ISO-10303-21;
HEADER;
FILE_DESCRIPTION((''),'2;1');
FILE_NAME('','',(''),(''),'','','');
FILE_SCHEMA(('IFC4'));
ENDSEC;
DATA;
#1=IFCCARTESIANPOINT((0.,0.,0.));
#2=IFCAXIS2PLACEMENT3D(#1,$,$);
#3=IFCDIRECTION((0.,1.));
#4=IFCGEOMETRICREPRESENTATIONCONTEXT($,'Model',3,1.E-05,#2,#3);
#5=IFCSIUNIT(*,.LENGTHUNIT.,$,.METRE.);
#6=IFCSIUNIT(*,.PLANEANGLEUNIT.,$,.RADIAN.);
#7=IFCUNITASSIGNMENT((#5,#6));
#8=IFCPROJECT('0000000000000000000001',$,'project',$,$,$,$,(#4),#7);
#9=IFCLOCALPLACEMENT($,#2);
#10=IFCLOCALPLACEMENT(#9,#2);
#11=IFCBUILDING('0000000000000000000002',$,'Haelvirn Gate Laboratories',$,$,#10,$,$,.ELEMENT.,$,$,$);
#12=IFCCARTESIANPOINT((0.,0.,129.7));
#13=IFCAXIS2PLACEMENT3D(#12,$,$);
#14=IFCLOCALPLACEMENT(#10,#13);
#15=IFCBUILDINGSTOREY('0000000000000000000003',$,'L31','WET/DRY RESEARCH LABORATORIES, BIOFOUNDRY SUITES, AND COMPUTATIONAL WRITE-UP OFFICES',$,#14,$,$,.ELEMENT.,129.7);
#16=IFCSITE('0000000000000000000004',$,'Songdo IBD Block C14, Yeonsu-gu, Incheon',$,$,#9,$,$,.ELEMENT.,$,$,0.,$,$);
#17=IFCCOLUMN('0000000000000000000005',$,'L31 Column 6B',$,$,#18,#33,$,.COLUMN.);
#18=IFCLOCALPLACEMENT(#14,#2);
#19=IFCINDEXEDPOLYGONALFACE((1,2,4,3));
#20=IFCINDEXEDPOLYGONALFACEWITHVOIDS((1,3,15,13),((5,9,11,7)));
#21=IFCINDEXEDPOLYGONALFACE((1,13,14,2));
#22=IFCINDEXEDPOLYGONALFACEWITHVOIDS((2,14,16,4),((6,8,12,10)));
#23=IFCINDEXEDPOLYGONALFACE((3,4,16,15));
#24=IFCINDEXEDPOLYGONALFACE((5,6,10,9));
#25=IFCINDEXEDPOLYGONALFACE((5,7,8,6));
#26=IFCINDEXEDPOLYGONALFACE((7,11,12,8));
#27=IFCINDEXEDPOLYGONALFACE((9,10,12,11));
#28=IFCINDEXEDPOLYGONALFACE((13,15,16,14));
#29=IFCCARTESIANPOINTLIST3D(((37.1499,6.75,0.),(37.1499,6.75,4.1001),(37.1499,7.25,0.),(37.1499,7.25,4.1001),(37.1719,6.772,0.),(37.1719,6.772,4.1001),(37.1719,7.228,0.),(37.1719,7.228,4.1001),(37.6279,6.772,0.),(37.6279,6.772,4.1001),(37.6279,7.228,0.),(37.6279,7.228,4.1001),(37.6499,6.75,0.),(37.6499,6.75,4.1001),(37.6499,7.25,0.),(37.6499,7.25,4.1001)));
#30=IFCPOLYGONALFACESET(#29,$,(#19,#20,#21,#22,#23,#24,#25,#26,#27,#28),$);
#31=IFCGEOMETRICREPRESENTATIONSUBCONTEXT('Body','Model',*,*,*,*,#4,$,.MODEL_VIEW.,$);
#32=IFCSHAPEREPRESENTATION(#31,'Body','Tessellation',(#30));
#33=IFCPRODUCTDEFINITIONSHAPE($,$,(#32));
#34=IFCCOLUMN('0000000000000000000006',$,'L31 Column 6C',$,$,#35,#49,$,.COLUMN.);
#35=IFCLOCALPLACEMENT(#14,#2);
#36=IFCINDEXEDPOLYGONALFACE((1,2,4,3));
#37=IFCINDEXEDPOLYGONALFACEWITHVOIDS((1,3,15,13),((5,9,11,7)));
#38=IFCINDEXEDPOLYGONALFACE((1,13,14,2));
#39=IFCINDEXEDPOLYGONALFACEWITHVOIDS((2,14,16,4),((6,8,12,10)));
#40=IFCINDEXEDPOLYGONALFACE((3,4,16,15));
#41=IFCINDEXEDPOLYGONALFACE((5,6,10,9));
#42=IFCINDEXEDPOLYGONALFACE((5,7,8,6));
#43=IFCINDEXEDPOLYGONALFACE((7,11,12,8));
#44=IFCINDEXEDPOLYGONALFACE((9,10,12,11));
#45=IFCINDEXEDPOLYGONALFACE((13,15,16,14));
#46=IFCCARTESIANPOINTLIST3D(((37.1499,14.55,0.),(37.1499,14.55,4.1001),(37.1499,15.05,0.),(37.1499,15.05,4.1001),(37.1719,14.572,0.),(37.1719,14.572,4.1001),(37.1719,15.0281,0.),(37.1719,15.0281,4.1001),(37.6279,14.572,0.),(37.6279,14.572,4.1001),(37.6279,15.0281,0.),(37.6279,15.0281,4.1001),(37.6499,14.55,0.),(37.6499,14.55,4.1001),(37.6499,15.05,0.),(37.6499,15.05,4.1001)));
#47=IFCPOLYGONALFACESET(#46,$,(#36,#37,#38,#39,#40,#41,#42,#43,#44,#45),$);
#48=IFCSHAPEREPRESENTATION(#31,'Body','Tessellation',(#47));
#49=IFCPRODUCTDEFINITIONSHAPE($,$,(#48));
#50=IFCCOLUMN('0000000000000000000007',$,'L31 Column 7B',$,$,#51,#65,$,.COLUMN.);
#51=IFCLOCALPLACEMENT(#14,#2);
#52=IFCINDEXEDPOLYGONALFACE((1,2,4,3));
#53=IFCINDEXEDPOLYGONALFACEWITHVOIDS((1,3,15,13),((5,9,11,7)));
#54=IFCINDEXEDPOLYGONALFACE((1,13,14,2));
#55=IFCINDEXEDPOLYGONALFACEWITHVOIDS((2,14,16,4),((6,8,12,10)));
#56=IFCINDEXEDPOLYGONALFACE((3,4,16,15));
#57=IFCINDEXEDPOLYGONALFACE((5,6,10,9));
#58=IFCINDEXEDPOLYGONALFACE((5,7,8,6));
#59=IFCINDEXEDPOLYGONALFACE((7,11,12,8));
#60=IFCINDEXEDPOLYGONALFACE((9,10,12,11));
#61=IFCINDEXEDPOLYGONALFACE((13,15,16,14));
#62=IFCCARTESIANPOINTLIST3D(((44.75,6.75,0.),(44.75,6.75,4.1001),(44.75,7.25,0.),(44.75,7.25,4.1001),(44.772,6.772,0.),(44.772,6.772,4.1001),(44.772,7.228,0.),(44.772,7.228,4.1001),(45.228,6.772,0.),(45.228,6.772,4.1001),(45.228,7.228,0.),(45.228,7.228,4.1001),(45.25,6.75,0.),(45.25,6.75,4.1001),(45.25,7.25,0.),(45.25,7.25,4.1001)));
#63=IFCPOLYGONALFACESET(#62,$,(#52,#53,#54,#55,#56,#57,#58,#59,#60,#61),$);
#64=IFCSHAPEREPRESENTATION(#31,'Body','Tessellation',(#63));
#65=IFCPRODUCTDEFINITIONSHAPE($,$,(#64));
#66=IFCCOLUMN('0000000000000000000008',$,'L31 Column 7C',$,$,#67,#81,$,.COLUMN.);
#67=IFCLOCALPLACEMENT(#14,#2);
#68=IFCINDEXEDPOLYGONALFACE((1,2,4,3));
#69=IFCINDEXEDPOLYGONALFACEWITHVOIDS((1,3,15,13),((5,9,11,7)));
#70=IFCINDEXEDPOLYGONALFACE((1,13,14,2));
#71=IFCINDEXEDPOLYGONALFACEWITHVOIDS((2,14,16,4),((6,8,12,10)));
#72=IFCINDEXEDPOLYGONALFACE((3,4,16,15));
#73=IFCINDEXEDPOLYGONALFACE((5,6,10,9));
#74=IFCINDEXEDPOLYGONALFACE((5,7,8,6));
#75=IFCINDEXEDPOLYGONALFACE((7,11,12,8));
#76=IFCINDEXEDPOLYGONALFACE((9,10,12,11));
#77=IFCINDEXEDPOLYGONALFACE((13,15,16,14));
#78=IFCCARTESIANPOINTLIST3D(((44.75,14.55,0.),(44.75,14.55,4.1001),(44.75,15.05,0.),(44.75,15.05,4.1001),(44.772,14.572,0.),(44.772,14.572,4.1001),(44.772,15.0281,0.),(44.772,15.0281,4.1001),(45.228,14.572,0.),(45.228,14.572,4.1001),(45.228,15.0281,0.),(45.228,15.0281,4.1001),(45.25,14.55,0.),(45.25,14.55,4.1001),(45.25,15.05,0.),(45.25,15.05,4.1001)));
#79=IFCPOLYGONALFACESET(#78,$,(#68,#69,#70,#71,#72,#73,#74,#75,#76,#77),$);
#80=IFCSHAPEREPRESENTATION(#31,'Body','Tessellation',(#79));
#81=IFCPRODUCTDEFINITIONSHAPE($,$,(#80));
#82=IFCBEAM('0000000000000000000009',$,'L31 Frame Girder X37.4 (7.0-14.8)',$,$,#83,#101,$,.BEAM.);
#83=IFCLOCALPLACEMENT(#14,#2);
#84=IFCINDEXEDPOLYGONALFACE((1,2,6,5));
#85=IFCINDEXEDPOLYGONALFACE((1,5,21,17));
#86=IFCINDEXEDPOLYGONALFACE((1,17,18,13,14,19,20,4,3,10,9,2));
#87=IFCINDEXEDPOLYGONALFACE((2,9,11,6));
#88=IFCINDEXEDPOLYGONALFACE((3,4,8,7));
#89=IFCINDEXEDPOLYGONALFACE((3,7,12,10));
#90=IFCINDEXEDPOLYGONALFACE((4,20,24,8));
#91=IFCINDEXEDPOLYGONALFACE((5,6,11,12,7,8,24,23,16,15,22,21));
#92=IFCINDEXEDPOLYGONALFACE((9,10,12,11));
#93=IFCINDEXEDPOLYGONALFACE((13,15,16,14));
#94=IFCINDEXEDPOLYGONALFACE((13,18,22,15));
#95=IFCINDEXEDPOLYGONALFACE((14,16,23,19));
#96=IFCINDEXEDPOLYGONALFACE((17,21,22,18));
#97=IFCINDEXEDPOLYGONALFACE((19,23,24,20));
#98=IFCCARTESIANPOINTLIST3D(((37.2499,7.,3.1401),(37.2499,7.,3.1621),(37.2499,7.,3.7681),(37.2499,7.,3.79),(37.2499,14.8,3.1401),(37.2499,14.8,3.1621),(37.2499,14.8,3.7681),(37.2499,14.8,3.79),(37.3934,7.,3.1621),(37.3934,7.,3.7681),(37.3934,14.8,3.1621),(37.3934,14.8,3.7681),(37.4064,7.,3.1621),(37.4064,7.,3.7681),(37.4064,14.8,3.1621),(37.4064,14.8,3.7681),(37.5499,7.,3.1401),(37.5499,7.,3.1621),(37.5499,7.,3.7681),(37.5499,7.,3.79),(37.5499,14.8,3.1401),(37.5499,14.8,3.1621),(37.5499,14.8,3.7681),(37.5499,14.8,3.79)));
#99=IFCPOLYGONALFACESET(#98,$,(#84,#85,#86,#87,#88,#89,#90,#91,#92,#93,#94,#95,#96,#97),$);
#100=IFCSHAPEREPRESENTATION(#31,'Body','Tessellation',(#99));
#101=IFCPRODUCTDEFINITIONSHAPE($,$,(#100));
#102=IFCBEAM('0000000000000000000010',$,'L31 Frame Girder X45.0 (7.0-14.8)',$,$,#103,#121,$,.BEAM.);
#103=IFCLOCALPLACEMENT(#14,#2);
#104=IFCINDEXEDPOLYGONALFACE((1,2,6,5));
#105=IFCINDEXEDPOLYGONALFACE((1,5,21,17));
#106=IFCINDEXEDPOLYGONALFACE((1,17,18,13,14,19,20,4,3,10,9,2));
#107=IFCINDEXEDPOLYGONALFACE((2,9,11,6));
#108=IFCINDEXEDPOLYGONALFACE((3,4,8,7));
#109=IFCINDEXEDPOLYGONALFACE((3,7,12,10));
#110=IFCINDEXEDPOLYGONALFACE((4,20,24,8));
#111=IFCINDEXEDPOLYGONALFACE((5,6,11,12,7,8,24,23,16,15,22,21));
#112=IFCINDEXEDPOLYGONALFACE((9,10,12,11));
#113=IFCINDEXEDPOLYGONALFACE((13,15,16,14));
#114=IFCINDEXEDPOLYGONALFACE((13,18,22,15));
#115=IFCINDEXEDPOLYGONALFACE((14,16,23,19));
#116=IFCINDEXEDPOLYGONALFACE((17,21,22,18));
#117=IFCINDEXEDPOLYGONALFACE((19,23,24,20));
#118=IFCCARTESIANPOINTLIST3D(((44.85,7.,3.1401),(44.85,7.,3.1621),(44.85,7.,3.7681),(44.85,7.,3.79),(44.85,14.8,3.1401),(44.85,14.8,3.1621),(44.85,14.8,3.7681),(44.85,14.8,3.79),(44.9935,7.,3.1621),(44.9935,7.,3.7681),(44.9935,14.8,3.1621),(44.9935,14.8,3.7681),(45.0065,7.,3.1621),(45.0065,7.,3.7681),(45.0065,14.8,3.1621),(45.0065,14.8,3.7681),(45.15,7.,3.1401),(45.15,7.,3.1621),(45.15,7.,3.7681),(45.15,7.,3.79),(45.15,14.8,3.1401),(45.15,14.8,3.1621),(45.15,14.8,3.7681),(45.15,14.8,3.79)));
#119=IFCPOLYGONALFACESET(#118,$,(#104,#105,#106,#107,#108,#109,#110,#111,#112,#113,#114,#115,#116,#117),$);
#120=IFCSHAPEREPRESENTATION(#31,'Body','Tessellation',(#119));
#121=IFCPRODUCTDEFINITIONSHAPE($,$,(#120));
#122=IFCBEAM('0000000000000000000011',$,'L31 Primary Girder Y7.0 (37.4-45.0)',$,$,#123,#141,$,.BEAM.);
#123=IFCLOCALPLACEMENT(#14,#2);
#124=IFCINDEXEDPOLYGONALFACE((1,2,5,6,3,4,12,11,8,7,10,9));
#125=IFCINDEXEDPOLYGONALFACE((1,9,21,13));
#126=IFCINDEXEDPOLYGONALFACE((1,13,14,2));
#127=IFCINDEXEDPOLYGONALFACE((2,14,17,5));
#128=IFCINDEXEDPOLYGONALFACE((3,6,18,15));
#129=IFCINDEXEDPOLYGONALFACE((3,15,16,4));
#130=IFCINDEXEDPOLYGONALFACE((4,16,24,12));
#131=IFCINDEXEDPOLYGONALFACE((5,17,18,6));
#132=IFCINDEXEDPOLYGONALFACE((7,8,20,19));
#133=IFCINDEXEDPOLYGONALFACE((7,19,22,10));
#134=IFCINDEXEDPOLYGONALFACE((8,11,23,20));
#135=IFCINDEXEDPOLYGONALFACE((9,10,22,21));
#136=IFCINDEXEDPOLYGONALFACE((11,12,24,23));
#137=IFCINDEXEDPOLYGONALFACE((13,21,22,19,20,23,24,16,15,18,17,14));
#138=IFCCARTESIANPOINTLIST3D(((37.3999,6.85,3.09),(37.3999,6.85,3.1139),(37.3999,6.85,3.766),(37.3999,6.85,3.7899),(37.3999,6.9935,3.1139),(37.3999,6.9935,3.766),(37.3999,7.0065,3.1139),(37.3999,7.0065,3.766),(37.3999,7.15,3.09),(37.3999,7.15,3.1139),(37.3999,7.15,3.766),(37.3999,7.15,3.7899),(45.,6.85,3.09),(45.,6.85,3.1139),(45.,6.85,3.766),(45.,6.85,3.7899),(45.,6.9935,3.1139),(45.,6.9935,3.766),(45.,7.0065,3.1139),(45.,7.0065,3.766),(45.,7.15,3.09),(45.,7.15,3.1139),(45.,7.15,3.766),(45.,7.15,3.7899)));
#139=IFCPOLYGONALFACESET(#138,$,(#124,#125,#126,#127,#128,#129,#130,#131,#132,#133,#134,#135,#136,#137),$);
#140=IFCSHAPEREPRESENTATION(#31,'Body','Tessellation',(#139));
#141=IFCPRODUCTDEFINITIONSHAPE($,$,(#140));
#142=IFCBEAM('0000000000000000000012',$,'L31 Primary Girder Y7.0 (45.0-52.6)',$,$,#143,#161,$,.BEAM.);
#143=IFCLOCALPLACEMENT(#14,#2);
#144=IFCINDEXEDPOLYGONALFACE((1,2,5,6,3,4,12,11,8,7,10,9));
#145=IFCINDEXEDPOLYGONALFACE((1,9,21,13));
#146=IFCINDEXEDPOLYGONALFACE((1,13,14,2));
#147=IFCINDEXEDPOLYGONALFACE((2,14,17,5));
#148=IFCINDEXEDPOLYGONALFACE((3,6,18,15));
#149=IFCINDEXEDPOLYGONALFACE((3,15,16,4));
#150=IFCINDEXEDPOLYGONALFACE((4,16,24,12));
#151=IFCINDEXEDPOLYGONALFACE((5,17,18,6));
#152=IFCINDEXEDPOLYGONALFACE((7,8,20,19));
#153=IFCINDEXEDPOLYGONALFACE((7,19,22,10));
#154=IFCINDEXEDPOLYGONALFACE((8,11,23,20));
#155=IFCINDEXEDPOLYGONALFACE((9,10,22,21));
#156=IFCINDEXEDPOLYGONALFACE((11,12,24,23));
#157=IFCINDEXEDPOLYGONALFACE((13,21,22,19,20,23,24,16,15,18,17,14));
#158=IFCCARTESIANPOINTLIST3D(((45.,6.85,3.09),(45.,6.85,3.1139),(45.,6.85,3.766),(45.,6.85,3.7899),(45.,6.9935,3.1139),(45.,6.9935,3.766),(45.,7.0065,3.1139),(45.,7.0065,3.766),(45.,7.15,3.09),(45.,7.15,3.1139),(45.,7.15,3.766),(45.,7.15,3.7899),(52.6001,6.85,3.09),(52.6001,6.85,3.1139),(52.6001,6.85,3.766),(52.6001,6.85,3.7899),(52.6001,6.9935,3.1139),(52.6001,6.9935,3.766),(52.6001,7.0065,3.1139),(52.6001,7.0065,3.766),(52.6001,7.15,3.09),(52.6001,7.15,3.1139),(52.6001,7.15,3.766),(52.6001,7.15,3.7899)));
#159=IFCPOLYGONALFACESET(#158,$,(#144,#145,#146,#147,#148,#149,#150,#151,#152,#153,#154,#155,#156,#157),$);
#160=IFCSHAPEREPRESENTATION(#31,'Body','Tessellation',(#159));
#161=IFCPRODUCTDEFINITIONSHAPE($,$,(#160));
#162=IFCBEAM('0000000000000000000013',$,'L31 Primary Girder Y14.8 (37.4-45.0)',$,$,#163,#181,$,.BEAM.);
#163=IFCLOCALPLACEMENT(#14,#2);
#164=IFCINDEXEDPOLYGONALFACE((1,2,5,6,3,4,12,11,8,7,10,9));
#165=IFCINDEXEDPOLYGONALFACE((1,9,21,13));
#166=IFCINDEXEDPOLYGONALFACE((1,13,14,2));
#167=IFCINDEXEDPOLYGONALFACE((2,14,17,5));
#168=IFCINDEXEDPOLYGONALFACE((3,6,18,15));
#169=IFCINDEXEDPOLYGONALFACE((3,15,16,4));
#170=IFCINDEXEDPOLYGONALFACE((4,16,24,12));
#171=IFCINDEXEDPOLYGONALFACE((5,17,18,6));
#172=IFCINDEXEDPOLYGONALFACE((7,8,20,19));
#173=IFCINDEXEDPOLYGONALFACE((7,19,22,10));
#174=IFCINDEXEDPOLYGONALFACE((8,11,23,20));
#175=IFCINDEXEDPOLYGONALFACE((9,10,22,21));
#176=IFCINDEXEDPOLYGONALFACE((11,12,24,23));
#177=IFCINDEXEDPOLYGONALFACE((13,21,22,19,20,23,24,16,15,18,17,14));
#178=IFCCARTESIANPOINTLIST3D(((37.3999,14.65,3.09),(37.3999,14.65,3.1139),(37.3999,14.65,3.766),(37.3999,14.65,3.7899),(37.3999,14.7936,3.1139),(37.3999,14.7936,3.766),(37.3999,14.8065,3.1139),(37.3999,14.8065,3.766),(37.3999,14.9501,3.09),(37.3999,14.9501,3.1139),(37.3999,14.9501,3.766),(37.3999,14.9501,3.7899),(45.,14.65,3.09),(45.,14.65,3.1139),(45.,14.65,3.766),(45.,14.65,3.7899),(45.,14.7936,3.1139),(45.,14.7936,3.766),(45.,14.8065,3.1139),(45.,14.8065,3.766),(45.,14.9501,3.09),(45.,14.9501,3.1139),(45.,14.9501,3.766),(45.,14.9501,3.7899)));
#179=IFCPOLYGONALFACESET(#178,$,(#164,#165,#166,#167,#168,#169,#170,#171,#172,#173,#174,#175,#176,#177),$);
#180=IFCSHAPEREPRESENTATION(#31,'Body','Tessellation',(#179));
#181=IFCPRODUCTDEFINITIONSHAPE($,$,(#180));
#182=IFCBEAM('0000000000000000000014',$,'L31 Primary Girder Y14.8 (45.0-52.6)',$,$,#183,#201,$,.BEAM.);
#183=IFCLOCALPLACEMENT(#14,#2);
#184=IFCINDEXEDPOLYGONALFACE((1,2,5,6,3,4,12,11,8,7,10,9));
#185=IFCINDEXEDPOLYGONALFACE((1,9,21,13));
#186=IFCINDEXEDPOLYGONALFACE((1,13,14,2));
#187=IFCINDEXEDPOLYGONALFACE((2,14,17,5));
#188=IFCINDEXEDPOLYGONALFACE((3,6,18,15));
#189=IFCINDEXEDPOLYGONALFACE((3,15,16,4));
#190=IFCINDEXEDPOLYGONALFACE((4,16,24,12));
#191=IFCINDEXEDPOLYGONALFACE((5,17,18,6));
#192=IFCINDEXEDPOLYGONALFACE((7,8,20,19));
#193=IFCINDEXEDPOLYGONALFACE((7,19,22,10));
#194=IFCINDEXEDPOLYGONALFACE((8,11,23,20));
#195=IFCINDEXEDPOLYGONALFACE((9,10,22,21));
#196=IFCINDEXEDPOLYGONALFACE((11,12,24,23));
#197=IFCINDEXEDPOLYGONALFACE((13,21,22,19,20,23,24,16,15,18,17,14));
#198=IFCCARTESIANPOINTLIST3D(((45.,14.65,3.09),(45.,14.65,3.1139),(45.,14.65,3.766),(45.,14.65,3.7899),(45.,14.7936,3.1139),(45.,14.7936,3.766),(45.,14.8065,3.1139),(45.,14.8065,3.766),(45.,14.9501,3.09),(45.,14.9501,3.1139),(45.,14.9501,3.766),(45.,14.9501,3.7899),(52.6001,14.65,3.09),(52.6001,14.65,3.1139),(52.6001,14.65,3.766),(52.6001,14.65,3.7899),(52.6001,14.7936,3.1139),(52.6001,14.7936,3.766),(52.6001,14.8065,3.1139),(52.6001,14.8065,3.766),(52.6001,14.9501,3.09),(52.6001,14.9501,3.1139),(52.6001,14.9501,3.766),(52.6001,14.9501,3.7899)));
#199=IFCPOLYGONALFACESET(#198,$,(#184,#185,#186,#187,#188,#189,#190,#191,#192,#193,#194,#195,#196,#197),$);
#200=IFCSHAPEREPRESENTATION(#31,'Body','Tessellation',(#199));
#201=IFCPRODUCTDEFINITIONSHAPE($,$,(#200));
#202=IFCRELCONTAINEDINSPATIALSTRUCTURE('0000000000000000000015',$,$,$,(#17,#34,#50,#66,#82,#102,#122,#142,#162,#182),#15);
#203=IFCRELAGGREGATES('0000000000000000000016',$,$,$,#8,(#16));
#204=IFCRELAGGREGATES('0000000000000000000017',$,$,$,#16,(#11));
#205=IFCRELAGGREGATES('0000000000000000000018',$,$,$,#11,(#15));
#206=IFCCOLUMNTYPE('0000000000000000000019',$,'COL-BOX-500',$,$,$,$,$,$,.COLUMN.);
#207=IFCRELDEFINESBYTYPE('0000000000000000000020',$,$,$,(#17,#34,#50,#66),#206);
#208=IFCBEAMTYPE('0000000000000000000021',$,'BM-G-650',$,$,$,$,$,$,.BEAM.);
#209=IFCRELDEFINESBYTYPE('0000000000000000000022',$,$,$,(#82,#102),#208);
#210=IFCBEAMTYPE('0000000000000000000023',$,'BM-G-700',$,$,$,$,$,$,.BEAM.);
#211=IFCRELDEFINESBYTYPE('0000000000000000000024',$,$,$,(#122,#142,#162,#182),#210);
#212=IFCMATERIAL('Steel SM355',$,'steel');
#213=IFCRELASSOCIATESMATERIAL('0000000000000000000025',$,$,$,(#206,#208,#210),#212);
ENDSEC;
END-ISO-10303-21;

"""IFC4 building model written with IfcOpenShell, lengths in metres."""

from ifc_helpers import new_model, si_unit, direction, frame, origin, origin_2d, place, context, subcontext, project, spatial, hollow_rectangle, i_section, extrude, source, transform, mapped, material, material_profile, profile_set, type_object, type_shapes, element, save


model = new_model("IFC4")

# Units and contexts
model_context = context("Model", 3, precision=1e-05, world=origin(), true_north=direction((0.0, 1.0)))
body_context = subcontext(model_context, "Body", "Model", "MODEL_VIEW")
ifc_project = project(units=[si_unit("LENGTHUNIT", "METRE"), si_unit("PLANEANGLEUNIT", "RADIAN")], contexts=[model_context])

# Site, building, storey
site_placement = place(None, origin())
site = spatial("IfcSite", under=ifc_project, at=site_placement, Name="Songdo IBD Block C14, Yeonsu-gu, Incheon", CompositionType="ELEMENT", RefElevation=0.0)
building_placement = place(site_placement, origin())
building = spatial("IfcBuilding", under=site, at=building_placement, Name="Haelvirn Gate Laboratories", CompositionType="ELEMENT")
storey_placement = place(building_placement, frame((0.0, 0.0, 129.7)))
storey = spatial("IfcBuildingStorey", under=building, at=storey_placement, Name="L31", Description="WET/DRY RESEARCH LABORATORIES, BIOFOUNDRY SUITES, AND COMPUTATIONAL WRITE-UP OFFICES", CompositionType="ELEMENT", Elevation=129.7)

# Columns
ifc_material_1 = material(Name="Steel SM355", Category="steel")
ifc_material_profile_1 = material_profile(ifc_material_1, hollow_rectangle(XDim=0.5, YDim=0.5, WallThickness=0.022, at=origin_2d()), Name="BOX-500x500x22")
ifc_profile_set_1 = profile_set([ifc_material_profile_1], Name="Steel SM355")
column_type = type_object("IfcColumnType", Name="COL-BOX-500", PredefinedType="COLUMN", material=ifc_profile_set_1)
shared_shape_1 = source(origin(), body_context, "Body", "SweptSolid", [
    extrude(hollow_rectangle(XDim=0.5, YDim=0.5, WallThickness=0.022, at=origin_2d()), origin(), (0.0, 0.0, 1.0), 4.1001),
])
type_shapes(column_type, [shared_shape_1])
for number, where, z_axis, x_axis, name in (
    (1, (37.3999, 7.0, 0.0), (0.0, 0.0, 1.0), (1.0, 0.0, 0.0), "L31 Column 6B"),
    (2, (37.3999, 14.8, 0.0), (0.0, 0.0, 1.0), (1.0, 0.0, 0.0), "L31 Column 6C"),
    (3, (45.0, 7.0, 0.0), (0.0, 0.0, 1.0), (1.0, 0.0, 0.0), "L31 Column 7B"),
    (4, (45.0, 14.8, 0.0), (0.0, 0.0, 1.0), (1.0, 0.0, 0.0), "L31 Column 7C"),
):
    element("IfcColumn", number, at=place(storey_placement, frame(where, z_axis=z_axis, x_axis=x_axis)), inside=storey, type_object=column_type, Name=name, PredefinedType="COLUMN", context=body_context, shape_type="MappedRepresentation", body=[
        mapped(shared_shape_1, transform((0.0, 0.0, 0.0), scale=1.0)),
    ])

# Beams
ifc_material_profile_2 = material_profile(ifc_material_1, i_section(OverallWidth=0.3, OverallDepth=0.6499, WebThickness=0.0129, FlangeThickness=0.022, at=origin_2d()), Name="H-650x300x13x22")
ifc_profile_set_2 = profile_set([ifc_material_profile_2], Name="Steel SM355")
beam_type_1 = type_object("IfcBeamType", Name="BM-G-650", PredefinedType="BEAM", material=ifc_profile_set_2)
shared_shape_2 = source(origin(), body_context, "Body", "SweptSolid", [
    extrude(i_section(OverallWidth=0.3, OverallDepth=0.6499, WebThickness=0.0129, FlangeThickness=0.022, at=origin_2d()), origin(), (0.0, 0.0, 1.0), 7.8),
])
type_shapes(beam_type_1, [shared_shape_2])
for number, where, z_axis, x_axis, name in (
    (5, (37.3999, 7.0, 3.4651), (0.0, 1.0, 0.0), (-1.0, 0.0, 0.0), "L31 Frame Girder X37.4 (7.0-14.8)"),
    (6, (45.0, 7.0, 3.4651), (0.0, 1.0, 0.0), (-1.0, 0.0, 0.0), "L31 Frame Girder X45.0 (7.0-14.8)"),
):
    element("IfcBeam", number, at=place(storey_placement, frame(where, z_axis=z_axis, x_axis=x_axis)), inside=storey, type_object=beam_type_1, Name=name, PredefinedType="BEAM", context=body_context, shape_type="MappedRepresentation", body=[
        mapped(shared_shape_2, transform((0.0, 0.0, 0.0), scale=1.0)),
    ])
ifc_material_profile_3 = material_profile(ifc_material_1, i_section(OverallWidth=0.3, OverallDepth=0.7, WebThickness=0.0129, FlangeThickness=0.0239, at=origin_2d()), Name="H-700x300x13x24")
ifc_profile_set_3 = profile_set([ifc_material_profile_3], Name="Steel SM355")
beam_type_2 = type_object("IfcBeamType", Name="BM-G-700", PredefinedType="BEAM", material=ifc_profile_set_3)
shared_shape_3 = source(origin(), body_context, "Body", "SweptSolid", [
    extrude(i_section(OverallWidth=0.3, OverallDepth=0.7, WebThickness=0.0129, FlangeThickness=0.0239, at=origin_2d()), origin(), (0.0, 0.0, 1.0), 7.6001),
])
type_shapes(beam_type_2, [shared_shape_3])
for number, where, z_axis, x_axis, name in (
    (7, (37.3999, 7.0, 3.4399), (1.0, 0.0, 0.0), (0.0, 1.0, 0.0), "L31 Primary Girder Y7.0 (37.4-45.0)"),
    (8, (45.0, 7.0, 3.4399), (1.0, 0.0, 0.0), (0.0, 1.0, 0.0), "L31 Primary Girder Y7.0 (45.0-52.6)"),
    (9, (37.3999, 14.8, 3.4399), (1.0, 0.0, 0.0), (0.0, 1.0, 0.0), "L31 Primary Girder Y14.8 (37.4-45.0)"),
    (10, (45.0, 14.8, 3.4399), (1.0, 0.0, 0.0), (0.0, 1.0, 0.0), "L31 Primary Girder Y14.8 (45.0-52.6)"),
):
    element("IfcBeam", number, at=place(storey_placement, frame(where, z_axis=z_axis, x_axis=x_axis)), inside=storey, type_object=beam_type_2, Name=name, PredefinedType="BEAM", context=body_context, shape_type="MappedRepresentation", body=[
        mapped(shared_shape_3, transform((0.0, 0.0, 0.0), scale=1.0)),
    ])

save(model, "model.ifc")
